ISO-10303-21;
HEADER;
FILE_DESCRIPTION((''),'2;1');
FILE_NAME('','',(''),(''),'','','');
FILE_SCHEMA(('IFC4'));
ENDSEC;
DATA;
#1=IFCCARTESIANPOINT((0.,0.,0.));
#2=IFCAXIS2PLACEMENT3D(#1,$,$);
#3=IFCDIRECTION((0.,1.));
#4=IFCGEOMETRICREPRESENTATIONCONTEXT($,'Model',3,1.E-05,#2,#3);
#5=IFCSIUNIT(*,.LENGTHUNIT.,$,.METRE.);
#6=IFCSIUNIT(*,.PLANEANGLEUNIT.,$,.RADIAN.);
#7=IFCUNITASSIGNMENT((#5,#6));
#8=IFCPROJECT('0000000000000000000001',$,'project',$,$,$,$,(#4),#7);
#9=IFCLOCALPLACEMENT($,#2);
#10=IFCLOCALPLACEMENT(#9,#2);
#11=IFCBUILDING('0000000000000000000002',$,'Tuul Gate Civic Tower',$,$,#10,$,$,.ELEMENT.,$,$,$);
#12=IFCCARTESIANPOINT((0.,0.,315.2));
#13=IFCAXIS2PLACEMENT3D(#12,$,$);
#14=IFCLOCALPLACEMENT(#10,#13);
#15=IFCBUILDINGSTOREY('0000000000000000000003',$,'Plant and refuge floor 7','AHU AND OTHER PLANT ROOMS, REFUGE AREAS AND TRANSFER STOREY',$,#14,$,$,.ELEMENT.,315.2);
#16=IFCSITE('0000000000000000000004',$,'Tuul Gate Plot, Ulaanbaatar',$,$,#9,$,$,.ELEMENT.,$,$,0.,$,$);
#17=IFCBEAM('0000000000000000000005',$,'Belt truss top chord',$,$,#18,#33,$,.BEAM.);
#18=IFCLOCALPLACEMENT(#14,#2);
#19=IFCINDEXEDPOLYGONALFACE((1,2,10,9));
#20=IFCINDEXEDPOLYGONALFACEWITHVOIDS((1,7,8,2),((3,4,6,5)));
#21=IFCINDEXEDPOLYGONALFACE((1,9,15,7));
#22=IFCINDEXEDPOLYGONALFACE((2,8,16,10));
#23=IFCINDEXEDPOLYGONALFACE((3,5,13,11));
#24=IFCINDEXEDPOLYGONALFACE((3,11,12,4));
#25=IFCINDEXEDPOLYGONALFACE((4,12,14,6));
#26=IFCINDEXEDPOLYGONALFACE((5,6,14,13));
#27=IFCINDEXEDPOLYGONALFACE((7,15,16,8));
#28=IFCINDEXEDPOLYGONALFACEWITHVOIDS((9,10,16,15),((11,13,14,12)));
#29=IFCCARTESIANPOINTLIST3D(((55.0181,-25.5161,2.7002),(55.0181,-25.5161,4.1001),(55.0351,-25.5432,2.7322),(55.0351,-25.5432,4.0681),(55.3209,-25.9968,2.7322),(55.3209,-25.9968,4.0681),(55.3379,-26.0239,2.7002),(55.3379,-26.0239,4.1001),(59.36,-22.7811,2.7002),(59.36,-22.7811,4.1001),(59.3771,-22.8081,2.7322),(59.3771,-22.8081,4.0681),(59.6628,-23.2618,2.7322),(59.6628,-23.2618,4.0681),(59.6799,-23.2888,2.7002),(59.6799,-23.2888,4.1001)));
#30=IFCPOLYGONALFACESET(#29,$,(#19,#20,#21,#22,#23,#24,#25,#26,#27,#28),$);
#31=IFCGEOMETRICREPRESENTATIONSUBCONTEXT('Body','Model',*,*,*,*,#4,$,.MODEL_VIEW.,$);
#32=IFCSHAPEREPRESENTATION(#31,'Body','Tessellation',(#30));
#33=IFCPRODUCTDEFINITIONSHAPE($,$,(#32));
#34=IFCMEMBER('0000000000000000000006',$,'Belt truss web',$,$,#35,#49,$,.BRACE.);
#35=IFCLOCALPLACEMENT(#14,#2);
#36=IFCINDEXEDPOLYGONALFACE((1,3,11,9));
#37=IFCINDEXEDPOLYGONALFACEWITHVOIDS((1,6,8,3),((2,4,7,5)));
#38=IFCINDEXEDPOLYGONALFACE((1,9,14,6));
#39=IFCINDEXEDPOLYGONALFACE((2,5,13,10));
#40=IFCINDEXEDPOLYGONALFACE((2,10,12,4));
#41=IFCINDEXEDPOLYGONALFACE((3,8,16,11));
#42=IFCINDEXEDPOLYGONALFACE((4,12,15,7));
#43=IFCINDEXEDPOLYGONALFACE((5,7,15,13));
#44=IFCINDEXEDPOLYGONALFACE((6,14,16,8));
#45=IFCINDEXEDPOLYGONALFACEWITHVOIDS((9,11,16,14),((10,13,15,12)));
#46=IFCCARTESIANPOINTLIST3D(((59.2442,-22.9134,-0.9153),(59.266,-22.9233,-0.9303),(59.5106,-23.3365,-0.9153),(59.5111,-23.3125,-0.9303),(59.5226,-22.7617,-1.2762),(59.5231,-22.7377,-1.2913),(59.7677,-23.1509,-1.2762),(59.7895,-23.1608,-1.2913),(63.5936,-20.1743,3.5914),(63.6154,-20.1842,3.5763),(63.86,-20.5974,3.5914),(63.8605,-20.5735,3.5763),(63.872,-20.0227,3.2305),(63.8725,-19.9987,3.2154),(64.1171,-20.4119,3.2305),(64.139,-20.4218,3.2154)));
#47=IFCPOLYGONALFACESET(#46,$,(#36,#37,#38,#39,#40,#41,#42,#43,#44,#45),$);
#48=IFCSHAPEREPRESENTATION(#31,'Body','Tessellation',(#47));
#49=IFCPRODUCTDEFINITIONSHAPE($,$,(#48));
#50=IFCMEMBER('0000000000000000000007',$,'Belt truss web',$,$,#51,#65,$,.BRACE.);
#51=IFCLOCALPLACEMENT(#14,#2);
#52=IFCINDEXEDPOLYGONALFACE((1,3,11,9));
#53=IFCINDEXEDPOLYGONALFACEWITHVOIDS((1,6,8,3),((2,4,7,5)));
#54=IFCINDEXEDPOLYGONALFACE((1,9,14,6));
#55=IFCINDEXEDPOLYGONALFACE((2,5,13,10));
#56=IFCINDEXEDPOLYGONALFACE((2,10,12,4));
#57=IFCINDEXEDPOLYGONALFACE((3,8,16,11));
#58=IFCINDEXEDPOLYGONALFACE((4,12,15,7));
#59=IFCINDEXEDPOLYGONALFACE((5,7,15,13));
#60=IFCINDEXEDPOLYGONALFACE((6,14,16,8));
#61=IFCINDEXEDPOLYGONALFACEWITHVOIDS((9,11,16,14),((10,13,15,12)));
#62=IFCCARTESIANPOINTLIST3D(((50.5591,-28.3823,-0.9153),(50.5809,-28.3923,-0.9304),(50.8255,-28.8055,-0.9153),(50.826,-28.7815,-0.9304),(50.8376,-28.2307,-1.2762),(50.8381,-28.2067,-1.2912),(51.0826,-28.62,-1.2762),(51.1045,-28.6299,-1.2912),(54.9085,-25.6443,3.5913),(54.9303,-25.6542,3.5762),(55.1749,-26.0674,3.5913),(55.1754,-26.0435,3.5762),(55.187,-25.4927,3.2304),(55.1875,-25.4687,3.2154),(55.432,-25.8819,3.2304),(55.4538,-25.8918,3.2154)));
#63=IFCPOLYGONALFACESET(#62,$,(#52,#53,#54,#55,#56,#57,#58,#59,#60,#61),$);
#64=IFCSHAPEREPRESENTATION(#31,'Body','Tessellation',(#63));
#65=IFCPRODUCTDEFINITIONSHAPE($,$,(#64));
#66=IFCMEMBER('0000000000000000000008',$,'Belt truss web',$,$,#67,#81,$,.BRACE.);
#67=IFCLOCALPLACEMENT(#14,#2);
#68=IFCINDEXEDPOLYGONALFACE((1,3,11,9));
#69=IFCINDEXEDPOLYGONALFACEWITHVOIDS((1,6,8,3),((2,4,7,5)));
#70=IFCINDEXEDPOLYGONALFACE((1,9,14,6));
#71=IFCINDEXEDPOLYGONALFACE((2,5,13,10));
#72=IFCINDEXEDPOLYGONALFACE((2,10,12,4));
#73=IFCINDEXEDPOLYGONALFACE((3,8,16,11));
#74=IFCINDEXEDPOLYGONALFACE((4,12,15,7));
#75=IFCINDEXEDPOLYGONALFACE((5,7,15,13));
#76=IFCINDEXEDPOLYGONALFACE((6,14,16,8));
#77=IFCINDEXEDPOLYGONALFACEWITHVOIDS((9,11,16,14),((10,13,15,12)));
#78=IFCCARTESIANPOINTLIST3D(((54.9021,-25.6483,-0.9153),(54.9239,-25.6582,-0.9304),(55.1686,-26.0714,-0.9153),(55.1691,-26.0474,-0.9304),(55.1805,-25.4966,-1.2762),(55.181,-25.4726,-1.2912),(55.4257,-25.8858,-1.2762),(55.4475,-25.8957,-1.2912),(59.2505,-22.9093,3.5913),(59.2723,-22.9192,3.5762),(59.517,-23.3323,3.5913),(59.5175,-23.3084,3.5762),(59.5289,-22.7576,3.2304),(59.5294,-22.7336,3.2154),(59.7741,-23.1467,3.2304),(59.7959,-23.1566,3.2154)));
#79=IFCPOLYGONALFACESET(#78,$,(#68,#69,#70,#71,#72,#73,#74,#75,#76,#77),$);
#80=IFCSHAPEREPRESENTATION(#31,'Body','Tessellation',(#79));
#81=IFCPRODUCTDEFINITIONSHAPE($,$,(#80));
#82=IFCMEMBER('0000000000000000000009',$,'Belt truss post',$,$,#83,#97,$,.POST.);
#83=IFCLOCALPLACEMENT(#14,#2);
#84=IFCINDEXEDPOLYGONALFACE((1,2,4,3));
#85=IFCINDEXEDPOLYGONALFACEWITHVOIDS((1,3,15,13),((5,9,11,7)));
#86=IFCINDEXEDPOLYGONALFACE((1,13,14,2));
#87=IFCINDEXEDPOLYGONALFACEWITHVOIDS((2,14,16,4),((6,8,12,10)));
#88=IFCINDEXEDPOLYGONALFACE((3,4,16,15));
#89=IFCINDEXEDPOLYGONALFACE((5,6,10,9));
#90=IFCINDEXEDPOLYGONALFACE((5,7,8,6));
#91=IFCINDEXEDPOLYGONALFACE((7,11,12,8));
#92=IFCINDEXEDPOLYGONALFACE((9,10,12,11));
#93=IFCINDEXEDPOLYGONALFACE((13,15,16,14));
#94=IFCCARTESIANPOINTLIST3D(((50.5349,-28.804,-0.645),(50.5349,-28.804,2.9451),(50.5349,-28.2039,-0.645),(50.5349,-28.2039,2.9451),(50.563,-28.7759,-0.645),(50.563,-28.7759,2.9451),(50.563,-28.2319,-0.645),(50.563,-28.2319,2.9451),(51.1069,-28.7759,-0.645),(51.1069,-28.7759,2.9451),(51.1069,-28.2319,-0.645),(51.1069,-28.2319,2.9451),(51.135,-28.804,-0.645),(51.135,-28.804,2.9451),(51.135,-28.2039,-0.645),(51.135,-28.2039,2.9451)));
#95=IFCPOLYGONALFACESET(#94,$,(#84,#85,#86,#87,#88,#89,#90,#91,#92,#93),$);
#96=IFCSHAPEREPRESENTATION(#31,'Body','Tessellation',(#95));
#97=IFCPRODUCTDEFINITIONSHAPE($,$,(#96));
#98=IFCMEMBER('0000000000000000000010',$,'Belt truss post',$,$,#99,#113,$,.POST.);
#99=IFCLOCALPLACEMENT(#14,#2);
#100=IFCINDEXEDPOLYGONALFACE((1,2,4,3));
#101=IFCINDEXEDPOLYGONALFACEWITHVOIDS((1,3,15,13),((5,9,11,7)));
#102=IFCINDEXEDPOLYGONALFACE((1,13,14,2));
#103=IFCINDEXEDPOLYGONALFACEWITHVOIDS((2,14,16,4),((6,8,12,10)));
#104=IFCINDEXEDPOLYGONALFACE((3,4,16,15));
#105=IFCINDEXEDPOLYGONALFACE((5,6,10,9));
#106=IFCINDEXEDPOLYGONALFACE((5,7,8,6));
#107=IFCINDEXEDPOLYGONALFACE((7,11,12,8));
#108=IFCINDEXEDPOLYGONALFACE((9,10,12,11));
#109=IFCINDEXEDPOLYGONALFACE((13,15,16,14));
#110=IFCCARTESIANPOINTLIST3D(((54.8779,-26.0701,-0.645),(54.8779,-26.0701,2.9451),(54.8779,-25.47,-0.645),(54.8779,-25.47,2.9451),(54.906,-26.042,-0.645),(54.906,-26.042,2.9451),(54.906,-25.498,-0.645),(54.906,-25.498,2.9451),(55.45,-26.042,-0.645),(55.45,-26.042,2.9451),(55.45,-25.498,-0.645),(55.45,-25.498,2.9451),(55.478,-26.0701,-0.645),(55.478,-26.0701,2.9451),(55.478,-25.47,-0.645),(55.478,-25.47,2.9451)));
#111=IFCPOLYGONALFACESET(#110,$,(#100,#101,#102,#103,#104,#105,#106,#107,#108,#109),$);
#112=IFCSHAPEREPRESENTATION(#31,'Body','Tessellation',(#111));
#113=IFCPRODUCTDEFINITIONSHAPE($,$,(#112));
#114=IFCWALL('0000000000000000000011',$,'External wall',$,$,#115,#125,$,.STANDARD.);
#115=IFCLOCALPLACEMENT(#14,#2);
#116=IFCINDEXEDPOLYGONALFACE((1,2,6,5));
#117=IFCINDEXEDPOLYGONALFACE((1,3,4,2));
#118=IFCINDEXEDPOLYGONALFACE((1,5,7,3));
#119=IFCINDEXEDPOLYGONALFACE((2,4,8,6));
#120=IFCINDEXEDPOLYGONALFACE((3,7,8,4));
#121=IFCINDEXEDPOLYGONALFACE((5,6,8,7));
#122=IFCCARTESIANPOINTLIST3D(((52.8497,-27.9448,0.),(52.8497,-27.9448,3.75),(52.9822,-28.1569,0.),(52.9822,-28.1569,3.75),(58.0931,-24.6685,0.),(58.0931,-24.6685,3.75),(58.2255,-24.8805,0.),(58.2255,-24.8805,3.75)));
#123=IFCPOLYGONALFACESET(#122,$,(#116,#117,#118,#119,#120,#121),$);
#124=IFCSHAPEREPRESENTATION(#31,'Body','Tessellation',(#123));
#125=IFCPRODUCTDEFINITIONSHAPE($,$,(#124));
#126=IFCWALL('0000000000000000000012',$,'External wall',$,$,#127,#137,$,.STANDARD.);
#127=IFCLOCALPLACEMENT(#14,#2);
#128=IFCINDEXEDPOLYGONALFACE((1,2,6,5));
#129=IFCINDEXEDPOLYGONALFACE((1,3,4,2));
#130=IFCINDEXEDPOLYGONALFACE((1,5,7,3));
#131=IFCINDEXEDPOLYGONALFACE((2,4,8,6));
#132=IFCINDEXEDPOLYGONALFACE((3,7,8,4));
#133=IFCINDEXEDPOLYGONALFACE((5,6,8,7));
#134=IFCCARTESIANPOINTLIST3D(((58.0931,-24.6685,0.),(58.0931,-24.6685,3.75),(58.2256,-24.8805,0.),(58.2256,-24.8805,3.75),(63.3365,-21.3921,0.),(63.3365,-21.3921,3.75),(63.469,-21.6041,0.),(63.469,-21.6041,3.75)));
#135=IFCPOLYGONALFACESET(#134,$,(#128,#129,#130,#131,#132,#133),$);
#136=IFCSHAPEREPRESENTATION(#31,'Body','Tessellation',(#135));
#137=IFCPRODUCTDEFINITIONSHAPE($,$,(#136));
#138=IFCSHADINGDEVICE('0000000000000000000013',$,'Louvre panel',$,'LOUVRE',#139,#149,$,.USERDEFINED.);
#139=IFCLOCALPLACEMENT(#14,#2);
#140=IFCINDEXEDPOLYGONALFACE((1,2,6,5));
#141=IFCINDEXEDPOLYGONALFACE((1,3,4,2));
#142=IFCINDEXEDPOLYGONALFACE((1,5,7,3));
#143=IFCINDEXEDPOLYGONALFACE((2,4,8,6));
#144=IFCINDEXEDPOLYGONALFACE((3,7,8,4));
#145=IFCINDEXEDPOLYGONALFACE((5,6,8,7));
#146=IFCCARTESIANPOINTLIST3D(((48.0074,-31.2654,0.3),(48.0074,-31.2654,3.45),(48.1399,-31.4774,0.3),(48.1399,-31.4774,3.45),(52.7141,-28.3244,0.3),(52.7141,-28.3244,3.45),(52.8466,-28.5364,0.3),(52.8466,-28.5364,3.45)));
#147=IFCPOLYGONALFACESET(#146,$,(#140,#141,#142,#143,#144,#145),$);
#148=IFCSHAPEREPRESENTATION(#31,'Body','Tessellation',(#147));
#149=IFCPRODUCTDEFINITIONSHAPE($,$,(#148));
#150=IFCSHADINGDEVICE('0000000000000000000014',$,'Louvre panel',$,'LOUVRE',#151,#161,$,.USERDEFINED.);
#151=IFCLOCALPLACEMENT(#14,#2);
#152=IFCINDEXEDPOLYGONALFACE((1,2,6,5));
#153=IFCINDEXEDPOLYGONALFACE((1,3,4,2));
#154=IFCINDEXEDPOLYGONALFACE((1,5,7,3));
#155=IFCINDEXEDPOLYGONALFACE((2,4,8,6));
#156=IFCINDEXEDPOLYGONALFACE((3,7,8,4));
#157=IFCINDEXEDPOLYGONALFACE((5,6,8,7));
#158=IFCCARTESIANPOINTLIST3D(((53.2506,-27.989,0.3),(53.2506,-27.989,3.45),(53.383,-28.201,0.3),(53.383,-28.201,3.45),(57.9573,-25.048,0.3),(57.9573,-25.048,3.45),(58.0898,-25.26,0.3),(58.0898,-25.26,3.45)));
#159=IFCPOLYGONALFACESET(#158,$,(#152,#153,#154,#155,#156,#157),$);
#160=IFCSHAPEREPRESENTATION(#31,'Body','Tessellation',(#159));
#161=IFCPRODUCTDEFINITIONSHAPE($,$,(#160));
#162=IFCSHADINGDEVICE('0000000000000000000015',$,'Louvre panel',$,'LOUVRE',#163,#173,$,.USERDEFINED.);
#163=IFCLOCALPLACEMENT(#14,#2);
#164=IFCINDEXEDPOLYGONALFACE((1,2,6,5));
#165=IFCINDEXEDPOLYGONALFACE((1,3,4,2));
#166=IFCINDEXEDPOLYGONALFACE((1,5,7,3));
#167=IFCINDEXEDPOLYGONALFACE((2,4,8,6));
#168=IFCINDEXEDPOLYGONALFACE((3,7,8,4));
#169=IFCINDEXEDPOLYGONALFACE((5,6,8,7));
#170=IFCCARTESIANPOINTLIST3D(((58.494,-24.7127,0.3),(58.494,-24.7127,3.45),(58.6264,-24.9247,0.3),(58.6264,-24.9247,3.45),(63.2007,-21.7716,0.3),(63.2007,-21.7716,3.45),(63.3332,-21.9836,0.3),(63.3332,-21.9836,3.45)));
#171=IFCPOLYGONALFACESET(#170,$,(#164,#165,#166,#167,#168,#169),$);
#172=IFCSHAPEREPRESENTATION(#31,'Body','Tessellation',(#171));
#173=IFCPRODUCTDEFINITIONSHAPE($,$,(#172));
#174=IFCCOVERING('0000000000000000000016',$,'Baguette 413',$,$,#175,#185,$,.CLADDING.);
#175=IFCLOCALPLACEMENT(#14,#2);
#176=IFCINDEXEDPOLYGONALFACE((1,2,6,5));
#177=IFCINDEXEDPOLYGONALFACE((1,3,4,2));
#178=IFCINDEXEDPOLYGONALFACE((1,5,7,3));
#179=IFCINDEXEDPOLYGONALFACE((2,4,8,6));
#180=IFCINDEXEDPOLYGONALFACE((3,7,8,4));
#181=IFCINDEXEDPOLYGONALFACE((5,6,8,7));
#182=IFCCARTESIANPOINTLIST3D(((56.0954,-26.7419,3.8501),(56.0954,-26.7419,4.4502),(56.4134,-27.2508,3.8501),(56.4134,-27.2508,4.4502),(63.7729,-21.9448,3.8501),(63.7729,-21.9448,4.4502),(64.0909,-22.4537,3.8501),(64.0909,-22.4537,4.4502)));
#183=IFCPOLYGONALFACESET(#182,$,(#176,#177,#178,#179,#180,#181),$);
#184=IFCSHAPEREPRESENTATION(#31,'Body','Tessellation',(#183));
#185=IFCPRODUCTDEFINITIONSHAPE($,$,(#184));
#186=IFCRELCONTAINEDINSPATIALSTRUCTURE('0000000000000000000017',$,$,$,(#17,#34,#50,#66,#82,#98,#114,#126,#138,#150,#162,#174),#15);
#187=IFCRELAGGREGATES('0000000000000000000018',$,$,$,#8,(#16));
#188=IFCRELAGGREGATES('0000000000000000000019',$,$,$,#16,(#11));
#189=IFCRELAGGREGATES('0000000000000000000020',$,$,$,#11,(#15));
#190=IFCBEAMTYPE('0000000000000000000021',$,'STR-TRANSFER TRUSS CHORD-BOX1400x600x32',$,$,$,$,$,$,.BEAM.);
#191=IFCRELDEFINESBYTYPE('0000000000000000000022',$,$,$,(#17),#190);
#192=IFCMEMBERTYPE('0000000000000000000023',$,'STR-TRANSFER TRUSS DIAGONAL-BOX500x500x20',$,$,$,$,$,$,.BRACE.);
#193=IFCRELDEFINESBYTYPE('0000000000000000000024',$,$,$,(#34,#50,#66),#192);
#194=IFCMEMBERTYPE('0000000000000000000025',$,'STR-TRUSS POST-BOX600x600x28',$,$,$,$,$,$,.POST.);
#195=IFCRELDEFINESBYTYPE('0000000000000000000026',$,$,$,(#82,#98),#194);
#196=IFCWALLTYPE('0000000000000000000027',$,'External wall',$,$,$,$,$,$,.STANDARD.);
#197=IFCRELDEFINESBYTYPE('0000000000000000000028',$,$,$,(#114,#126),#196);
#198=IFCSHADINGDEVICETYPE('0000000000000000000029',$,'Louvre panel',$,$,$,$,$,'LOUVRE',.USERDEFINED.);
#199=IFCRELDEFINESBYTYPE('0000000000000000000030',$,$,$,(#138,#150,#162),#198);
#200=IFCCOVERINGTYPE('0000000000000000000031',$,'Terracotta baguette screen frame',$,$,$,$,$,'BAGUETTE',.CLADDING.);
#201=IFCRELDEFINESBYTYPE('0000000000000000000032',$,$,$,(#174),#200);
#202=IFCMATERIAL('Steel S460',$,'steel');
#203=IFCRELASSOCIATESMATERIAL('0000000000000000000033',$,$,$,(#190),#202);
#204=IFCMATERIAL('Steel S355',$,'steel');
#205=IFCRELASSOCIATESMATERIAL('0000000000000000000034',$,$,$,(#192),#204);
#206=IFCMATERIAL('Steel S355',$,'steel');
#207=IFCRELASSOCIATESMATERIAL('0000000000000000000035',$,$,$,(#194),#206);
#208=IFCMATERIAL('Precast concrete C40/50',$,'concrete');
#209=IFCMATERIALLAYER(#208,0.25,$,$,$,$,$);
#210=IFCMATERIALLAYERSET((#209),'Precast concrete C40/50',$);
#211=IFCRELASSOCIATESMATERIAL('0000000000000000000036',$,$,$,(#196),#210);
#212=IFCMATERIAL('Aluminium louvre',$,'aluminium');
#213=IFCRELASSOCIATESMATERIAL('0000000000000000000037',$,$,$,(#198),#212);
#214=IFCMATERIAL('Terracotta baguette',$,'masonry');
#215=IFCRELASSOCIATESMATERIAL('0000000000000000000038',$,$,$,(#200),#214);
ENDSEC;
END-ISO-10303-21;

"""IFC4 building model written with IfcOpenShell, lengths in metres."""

from ifc_helpers import new_model, si_unit, direction, frame, frame_2d, origin, origin_2d, place, context, subcontext, project, spatial, rectangle, hollow_rectangle, extrude, material, layer, layer_set, material_profile, profile_set, type_object, element, save


model = new_model("IFC4")

# Units and contexts
model_context = context("Model", 3, precision=1e-05, world=origin(), true_north=direction((0.0, 1.0)))
body_context = subcontext(model_context, "Body", "Model", "MODEL_VIEW")
ifc_project = project(units=[si_unit("LENGTHUNIT", "METRE"), si_unit("PLANEANGLEUNIT", "RADIAN")], contexts=[model_context])

# Site, building, storey
site_placement = place(None, origin())
site = spatial("IfcSite", under=ifc_project, at=site_placement, Name="Tuul Gate Plot, Ulaanbaatar", CompositionType="ELEMENT", RefElevation=0.0)
building_placement = place(site_placement, origin())
building = spatial("IfcBuilding", under=site, at=building_placement, Name="Tuul Gate Civic Tower", CompositionType="ELEMENT")
storey_placement = place(building_placement, frame((0.0, 0.0, 315.2)))
storey = spatial("IfcBuildingStorey", under=building, at=storey_placement, Name="Plant and refuge floor 7", Description="AHU AND OTHER PLANT ROOMS, REFUGE AREAS AND TRANSFER STOREY", CompositionType="ELEMENT", Elevation=315.2)

# Beam
ifc_material_1 = material(Name="Steel S460", Category="steel")
ifc_material_profile_1 = material_profile(ifc_material_1, hollow_rectangle(XDim=0.6001, YDim=1.3999, WallThickness=0.032, at=origin_2d()), Name="BOX1400x600x32")
ifc_profile_set_1 = profile_set([ifc_material_profile_1], Name="Steel S460")
beam_type_1 = type_object("IfcBeamType", Name="STR-TRANSFER TRUSS CHORD-BOX1400x600x32", PredefinedType="BEAM", material=ifc_profile_set_1)
for number, where, z_axis, x_axis, name in (
    (1, (55.178, -25.77, 3.4001), (0.846125, 0.532985, 0.0), (-0.532985, 0.846125, 0.0), "Belt truss top chord"),
):
    element("IfcBeam", number, at=place(storey_placement, frame(where, z_axis=z_axis, x_axis=x_axis)), inside=storey, type_object=beam_type_1, Name=name, PredefinedType="BEAM", context=body_context, shape_type="SweptSolid", body=[
        extrude(hollow_rectangle(XDim=0.6001, YDim=1.3999, WallThickness=0.032, at=origin_2d()), origin(), (0.0, 0.0, 1.0), 5.1316),
    ])

# Members
ifc_material_2 = material(Name="Steel S355", Category="steel")
ifc_material_profile_2 = material_profile(ifc_material_2, hollow_rectangle(XDim=0.5, YDim=0.5, WallThickness=0.02, at=origin_2d()), Name="BOX500x500x20")
ifc_profile_set_2 = profile_set([ifc_material_profile_2], Name="Steel S355")
member_type_1 = type_object("IfcMemberType", Name="STR-TRANSFER TRUSS DIAGONAL-BOX500x500x20", PredefinedType="BRACE", material=ifc_profile_set_2)
member_1_placement = place(storey_placement, frame((59.5168, -23.0371, -1.1033), z_axis=(0.63626, 0.400685, 0.659261), x_axis=(-0.532886, 0.846187, 0.0)))
element("IfcMember", 2, at=member_1_placement, inside=storey, type_object=member_type_1, Name="Belt truss web", PredefinedType="BRACE", context=body_context, shape_type="SweptSolid", body=[
    extrude(hollow_rectangle(XDim=0.5, YDim=0.5, WallThickness=0.02, at=origin_2d()), origin(), (0.0, 0.0, 1.0), 6.8359),
])
member_2_placement = place(storey_placement, frame((50.8318, -28.5061, -1.1033), z_axis=(0.636297, 0.400565, 0.659298), x_axis=(-0.53275, 0.846273, 0.0)))
element("IfcMember", 3, at=member_2_placement, inside=storey, type_object=member_type_1, Name="Belt truss web", PredefinedType="BRACE", context=body_context, shape_type="SweptSolid", body=[
    extrude(hollow_rectangle(XDim=0.5, YDim=0.5, WallThickness=0.02, at=origin_2d()), origin(), (0.0, 0.0, 1.0), 6.8354),
])
member_3_placement = place(storey_placement, frame((55.1748, -25.772, -1.1033), z_axis=(0.636175, 0.400721, 0.65932), x_axis=(-0.532972, 0.846133, 0.0)))
element("IfcMember", 4, at=member_3_placement, inside=storey, type_object=member_type_1, Name="Belt truss web", PredefinedType="BRACE", context=body_context, shape_type="SweptSolid", body=[
    extrude(hollow_rectangle(XDim=0.5, YDim=0.5, WallThickness=0.02, at=origin_2d()), origin(), (0.0, 0.0, 1.0), 6.8352),
])
ifc_material_3 = material(Name="Steel S355", Category="steel")
ifc_material_profile_3 = material_profile(ifc_material_3, hollow_rectangle(XDim=0.6001, YDim=0.6001, WallThickness=0.0281, at=origin_2d()), Name="BOX600x600x28")
ifc_profile_set_3 = profile_set([ifc_material_profile_3], Name="Steel S355")
member_type_2 = type_object("IfcMemberType", Name="STR-TRUSS POST-BOX600x600x28", PredefinedType="POST", material=ifc_profile_set_3)
for number, where, z_axis, x_axis, name in (
    (5, (50.835, -28.5039, -0.645), (0.0, 0.0, 1.0), (1.0, 0.0, 0.0), "Belt truss post"),
    (6, (55.178, -25.77, -0.645), (0.0, 0.0, 1.0), (1.0, 0.0, 0.0), "Belt truss post"),
):
    element("IfcMember", number, at=place(storey_placement, frame(where, z_axis=z_axis, x_axis=x_axis)), inside=storey, type_object=member_type_2, Name=name, PredefinedType="POST", context=body_context, shape_type="SweptSolid", body=[
        extrude(hollow_rectangle(XDim=0.6001, YDim=0.6001, WallThickness=0.0281, at=origin_2d()), origin(), (0.0, 0.0, 1.0), 3.5901),
    ])

# Walls
ifc_material_4 = material(Name="Precast concrete C40/50", Category="concrete")
ifc_layer = layer(ifc_material_4, 0.25)
ifc_layer_set = layer_set([ifc_layer], Name="Precast concrete C40/50")
wall_type = type_object("IfcWallType", Name="External wall", PredefinedType="STANDARD", material=ifc_layer_set)
for number, where, z_axis, x_axis, name in (
    (7, (52.916, -28.0508, 0.0), (0.0, 0.0, 1.0), (0.848054, 0.52991, 0.0), "External wall"),
    (8, (58.1594, -24.7744, 0.0), (0.0, 0.0, 1.0), (0.848054, 0.52991, 0.0), "External wall"),
):
    element("IfcWall", number, at=place(storey_placement, frame(where, z_axis=z_axis, x_axis=x_axis)), inside=storey, type_object=wall_type, Name=name, PredefinedType="STANDARD", context=body_context, shape_type="SweptSolid", body=[
        extrude(rectangle(XDim=6.1829, YDim=0.25, at=frame_2d((3.0913, 0.0))), origin(), (0.0, 0.0, 1.0), 3.75),
    ])

# Shading devices
ifc_material_5 = material(Name="Aluminium louvre", Category="aluminium")
shading_device_type = type_object("IfcShadingDeviceType", Name="Louvre panel", ElementType="LOUVRE", PredefinedType="USERDEFINED", material=ifc_material_5)
for number, where, z_axis, x_axis, name in (
    (9, (50.427, -29.9009, 0.3), (0.0, 0.0, 1.0), (0.529912, -0.848053, 0.0), "Louvre panel"),
    (10, (55.6702, -26.6245, 0.3), (0.0, 0.0, 1.0), (0.529912, -0.848053, 0.0), "Louvre panel"),
    (11, (60.9136, -23.3481, 0.3), (0.0, 0.0, 1.0), (0.529912, -0.848053, 0.0), "Louvre panel"),
):
    element("IfcShadingDevice", number, at=place(storey_placement, frame(where, z_axis=z_axis, x_axis=x_axis)), inside=storey, type_object=shading_device_type, Name=name, ObjectType="LOUVRE", PredefinedType="USERDEFINED", context=body_context, shape_type="SweptSolid", body=[
        extrude(rectangle(XDim=0.25, YDim=5.55, at=origin_2d()), origin(), (0.0, 0.0, 1.0), 3.1499),
    ])

# Covering
ifc_material_6 = material(Name="Terracotta baguette", Category="masonry")
ifc_material_profile_4 = material_profile(ifc_material_6, rectangle(XDim=0.6001, YDim=0.6001, at=origin_2d()), Name="Terracotta baguette screen frame")
ifc_profile_set_4 = profile_set([ifc_material_profile_4], Name="Terracotta baguette")
covering_type = type_object("IfcCoveringType", Name="Terracotta baguette screen frame", ElementType="BAGUETTE", PredefinedType="CLADDING", material=ifc_profile_set_4)
covering_placement = place(storey_placement, frame((56.2544, -26.9963, 4.1501), z_axis=(0.848063, 0.529895, 0.0), x_axis=(-0.529895, 0.848063, 0.0)))
element("IfcCovering", 12, at=covering_placement, inside=storey, type_object=covering_type, Name="Baguette 413", PredefinedType="CLADDING", context=body_context, shape_type="SweptSolid", body=[
    extrude(rectangle(XDim=0.6001, YDim=0.6001, at=origin_2d()), origin(), (0.0, 0.0, 1.0), 9.053),
])

save(model, "model.ifc")
